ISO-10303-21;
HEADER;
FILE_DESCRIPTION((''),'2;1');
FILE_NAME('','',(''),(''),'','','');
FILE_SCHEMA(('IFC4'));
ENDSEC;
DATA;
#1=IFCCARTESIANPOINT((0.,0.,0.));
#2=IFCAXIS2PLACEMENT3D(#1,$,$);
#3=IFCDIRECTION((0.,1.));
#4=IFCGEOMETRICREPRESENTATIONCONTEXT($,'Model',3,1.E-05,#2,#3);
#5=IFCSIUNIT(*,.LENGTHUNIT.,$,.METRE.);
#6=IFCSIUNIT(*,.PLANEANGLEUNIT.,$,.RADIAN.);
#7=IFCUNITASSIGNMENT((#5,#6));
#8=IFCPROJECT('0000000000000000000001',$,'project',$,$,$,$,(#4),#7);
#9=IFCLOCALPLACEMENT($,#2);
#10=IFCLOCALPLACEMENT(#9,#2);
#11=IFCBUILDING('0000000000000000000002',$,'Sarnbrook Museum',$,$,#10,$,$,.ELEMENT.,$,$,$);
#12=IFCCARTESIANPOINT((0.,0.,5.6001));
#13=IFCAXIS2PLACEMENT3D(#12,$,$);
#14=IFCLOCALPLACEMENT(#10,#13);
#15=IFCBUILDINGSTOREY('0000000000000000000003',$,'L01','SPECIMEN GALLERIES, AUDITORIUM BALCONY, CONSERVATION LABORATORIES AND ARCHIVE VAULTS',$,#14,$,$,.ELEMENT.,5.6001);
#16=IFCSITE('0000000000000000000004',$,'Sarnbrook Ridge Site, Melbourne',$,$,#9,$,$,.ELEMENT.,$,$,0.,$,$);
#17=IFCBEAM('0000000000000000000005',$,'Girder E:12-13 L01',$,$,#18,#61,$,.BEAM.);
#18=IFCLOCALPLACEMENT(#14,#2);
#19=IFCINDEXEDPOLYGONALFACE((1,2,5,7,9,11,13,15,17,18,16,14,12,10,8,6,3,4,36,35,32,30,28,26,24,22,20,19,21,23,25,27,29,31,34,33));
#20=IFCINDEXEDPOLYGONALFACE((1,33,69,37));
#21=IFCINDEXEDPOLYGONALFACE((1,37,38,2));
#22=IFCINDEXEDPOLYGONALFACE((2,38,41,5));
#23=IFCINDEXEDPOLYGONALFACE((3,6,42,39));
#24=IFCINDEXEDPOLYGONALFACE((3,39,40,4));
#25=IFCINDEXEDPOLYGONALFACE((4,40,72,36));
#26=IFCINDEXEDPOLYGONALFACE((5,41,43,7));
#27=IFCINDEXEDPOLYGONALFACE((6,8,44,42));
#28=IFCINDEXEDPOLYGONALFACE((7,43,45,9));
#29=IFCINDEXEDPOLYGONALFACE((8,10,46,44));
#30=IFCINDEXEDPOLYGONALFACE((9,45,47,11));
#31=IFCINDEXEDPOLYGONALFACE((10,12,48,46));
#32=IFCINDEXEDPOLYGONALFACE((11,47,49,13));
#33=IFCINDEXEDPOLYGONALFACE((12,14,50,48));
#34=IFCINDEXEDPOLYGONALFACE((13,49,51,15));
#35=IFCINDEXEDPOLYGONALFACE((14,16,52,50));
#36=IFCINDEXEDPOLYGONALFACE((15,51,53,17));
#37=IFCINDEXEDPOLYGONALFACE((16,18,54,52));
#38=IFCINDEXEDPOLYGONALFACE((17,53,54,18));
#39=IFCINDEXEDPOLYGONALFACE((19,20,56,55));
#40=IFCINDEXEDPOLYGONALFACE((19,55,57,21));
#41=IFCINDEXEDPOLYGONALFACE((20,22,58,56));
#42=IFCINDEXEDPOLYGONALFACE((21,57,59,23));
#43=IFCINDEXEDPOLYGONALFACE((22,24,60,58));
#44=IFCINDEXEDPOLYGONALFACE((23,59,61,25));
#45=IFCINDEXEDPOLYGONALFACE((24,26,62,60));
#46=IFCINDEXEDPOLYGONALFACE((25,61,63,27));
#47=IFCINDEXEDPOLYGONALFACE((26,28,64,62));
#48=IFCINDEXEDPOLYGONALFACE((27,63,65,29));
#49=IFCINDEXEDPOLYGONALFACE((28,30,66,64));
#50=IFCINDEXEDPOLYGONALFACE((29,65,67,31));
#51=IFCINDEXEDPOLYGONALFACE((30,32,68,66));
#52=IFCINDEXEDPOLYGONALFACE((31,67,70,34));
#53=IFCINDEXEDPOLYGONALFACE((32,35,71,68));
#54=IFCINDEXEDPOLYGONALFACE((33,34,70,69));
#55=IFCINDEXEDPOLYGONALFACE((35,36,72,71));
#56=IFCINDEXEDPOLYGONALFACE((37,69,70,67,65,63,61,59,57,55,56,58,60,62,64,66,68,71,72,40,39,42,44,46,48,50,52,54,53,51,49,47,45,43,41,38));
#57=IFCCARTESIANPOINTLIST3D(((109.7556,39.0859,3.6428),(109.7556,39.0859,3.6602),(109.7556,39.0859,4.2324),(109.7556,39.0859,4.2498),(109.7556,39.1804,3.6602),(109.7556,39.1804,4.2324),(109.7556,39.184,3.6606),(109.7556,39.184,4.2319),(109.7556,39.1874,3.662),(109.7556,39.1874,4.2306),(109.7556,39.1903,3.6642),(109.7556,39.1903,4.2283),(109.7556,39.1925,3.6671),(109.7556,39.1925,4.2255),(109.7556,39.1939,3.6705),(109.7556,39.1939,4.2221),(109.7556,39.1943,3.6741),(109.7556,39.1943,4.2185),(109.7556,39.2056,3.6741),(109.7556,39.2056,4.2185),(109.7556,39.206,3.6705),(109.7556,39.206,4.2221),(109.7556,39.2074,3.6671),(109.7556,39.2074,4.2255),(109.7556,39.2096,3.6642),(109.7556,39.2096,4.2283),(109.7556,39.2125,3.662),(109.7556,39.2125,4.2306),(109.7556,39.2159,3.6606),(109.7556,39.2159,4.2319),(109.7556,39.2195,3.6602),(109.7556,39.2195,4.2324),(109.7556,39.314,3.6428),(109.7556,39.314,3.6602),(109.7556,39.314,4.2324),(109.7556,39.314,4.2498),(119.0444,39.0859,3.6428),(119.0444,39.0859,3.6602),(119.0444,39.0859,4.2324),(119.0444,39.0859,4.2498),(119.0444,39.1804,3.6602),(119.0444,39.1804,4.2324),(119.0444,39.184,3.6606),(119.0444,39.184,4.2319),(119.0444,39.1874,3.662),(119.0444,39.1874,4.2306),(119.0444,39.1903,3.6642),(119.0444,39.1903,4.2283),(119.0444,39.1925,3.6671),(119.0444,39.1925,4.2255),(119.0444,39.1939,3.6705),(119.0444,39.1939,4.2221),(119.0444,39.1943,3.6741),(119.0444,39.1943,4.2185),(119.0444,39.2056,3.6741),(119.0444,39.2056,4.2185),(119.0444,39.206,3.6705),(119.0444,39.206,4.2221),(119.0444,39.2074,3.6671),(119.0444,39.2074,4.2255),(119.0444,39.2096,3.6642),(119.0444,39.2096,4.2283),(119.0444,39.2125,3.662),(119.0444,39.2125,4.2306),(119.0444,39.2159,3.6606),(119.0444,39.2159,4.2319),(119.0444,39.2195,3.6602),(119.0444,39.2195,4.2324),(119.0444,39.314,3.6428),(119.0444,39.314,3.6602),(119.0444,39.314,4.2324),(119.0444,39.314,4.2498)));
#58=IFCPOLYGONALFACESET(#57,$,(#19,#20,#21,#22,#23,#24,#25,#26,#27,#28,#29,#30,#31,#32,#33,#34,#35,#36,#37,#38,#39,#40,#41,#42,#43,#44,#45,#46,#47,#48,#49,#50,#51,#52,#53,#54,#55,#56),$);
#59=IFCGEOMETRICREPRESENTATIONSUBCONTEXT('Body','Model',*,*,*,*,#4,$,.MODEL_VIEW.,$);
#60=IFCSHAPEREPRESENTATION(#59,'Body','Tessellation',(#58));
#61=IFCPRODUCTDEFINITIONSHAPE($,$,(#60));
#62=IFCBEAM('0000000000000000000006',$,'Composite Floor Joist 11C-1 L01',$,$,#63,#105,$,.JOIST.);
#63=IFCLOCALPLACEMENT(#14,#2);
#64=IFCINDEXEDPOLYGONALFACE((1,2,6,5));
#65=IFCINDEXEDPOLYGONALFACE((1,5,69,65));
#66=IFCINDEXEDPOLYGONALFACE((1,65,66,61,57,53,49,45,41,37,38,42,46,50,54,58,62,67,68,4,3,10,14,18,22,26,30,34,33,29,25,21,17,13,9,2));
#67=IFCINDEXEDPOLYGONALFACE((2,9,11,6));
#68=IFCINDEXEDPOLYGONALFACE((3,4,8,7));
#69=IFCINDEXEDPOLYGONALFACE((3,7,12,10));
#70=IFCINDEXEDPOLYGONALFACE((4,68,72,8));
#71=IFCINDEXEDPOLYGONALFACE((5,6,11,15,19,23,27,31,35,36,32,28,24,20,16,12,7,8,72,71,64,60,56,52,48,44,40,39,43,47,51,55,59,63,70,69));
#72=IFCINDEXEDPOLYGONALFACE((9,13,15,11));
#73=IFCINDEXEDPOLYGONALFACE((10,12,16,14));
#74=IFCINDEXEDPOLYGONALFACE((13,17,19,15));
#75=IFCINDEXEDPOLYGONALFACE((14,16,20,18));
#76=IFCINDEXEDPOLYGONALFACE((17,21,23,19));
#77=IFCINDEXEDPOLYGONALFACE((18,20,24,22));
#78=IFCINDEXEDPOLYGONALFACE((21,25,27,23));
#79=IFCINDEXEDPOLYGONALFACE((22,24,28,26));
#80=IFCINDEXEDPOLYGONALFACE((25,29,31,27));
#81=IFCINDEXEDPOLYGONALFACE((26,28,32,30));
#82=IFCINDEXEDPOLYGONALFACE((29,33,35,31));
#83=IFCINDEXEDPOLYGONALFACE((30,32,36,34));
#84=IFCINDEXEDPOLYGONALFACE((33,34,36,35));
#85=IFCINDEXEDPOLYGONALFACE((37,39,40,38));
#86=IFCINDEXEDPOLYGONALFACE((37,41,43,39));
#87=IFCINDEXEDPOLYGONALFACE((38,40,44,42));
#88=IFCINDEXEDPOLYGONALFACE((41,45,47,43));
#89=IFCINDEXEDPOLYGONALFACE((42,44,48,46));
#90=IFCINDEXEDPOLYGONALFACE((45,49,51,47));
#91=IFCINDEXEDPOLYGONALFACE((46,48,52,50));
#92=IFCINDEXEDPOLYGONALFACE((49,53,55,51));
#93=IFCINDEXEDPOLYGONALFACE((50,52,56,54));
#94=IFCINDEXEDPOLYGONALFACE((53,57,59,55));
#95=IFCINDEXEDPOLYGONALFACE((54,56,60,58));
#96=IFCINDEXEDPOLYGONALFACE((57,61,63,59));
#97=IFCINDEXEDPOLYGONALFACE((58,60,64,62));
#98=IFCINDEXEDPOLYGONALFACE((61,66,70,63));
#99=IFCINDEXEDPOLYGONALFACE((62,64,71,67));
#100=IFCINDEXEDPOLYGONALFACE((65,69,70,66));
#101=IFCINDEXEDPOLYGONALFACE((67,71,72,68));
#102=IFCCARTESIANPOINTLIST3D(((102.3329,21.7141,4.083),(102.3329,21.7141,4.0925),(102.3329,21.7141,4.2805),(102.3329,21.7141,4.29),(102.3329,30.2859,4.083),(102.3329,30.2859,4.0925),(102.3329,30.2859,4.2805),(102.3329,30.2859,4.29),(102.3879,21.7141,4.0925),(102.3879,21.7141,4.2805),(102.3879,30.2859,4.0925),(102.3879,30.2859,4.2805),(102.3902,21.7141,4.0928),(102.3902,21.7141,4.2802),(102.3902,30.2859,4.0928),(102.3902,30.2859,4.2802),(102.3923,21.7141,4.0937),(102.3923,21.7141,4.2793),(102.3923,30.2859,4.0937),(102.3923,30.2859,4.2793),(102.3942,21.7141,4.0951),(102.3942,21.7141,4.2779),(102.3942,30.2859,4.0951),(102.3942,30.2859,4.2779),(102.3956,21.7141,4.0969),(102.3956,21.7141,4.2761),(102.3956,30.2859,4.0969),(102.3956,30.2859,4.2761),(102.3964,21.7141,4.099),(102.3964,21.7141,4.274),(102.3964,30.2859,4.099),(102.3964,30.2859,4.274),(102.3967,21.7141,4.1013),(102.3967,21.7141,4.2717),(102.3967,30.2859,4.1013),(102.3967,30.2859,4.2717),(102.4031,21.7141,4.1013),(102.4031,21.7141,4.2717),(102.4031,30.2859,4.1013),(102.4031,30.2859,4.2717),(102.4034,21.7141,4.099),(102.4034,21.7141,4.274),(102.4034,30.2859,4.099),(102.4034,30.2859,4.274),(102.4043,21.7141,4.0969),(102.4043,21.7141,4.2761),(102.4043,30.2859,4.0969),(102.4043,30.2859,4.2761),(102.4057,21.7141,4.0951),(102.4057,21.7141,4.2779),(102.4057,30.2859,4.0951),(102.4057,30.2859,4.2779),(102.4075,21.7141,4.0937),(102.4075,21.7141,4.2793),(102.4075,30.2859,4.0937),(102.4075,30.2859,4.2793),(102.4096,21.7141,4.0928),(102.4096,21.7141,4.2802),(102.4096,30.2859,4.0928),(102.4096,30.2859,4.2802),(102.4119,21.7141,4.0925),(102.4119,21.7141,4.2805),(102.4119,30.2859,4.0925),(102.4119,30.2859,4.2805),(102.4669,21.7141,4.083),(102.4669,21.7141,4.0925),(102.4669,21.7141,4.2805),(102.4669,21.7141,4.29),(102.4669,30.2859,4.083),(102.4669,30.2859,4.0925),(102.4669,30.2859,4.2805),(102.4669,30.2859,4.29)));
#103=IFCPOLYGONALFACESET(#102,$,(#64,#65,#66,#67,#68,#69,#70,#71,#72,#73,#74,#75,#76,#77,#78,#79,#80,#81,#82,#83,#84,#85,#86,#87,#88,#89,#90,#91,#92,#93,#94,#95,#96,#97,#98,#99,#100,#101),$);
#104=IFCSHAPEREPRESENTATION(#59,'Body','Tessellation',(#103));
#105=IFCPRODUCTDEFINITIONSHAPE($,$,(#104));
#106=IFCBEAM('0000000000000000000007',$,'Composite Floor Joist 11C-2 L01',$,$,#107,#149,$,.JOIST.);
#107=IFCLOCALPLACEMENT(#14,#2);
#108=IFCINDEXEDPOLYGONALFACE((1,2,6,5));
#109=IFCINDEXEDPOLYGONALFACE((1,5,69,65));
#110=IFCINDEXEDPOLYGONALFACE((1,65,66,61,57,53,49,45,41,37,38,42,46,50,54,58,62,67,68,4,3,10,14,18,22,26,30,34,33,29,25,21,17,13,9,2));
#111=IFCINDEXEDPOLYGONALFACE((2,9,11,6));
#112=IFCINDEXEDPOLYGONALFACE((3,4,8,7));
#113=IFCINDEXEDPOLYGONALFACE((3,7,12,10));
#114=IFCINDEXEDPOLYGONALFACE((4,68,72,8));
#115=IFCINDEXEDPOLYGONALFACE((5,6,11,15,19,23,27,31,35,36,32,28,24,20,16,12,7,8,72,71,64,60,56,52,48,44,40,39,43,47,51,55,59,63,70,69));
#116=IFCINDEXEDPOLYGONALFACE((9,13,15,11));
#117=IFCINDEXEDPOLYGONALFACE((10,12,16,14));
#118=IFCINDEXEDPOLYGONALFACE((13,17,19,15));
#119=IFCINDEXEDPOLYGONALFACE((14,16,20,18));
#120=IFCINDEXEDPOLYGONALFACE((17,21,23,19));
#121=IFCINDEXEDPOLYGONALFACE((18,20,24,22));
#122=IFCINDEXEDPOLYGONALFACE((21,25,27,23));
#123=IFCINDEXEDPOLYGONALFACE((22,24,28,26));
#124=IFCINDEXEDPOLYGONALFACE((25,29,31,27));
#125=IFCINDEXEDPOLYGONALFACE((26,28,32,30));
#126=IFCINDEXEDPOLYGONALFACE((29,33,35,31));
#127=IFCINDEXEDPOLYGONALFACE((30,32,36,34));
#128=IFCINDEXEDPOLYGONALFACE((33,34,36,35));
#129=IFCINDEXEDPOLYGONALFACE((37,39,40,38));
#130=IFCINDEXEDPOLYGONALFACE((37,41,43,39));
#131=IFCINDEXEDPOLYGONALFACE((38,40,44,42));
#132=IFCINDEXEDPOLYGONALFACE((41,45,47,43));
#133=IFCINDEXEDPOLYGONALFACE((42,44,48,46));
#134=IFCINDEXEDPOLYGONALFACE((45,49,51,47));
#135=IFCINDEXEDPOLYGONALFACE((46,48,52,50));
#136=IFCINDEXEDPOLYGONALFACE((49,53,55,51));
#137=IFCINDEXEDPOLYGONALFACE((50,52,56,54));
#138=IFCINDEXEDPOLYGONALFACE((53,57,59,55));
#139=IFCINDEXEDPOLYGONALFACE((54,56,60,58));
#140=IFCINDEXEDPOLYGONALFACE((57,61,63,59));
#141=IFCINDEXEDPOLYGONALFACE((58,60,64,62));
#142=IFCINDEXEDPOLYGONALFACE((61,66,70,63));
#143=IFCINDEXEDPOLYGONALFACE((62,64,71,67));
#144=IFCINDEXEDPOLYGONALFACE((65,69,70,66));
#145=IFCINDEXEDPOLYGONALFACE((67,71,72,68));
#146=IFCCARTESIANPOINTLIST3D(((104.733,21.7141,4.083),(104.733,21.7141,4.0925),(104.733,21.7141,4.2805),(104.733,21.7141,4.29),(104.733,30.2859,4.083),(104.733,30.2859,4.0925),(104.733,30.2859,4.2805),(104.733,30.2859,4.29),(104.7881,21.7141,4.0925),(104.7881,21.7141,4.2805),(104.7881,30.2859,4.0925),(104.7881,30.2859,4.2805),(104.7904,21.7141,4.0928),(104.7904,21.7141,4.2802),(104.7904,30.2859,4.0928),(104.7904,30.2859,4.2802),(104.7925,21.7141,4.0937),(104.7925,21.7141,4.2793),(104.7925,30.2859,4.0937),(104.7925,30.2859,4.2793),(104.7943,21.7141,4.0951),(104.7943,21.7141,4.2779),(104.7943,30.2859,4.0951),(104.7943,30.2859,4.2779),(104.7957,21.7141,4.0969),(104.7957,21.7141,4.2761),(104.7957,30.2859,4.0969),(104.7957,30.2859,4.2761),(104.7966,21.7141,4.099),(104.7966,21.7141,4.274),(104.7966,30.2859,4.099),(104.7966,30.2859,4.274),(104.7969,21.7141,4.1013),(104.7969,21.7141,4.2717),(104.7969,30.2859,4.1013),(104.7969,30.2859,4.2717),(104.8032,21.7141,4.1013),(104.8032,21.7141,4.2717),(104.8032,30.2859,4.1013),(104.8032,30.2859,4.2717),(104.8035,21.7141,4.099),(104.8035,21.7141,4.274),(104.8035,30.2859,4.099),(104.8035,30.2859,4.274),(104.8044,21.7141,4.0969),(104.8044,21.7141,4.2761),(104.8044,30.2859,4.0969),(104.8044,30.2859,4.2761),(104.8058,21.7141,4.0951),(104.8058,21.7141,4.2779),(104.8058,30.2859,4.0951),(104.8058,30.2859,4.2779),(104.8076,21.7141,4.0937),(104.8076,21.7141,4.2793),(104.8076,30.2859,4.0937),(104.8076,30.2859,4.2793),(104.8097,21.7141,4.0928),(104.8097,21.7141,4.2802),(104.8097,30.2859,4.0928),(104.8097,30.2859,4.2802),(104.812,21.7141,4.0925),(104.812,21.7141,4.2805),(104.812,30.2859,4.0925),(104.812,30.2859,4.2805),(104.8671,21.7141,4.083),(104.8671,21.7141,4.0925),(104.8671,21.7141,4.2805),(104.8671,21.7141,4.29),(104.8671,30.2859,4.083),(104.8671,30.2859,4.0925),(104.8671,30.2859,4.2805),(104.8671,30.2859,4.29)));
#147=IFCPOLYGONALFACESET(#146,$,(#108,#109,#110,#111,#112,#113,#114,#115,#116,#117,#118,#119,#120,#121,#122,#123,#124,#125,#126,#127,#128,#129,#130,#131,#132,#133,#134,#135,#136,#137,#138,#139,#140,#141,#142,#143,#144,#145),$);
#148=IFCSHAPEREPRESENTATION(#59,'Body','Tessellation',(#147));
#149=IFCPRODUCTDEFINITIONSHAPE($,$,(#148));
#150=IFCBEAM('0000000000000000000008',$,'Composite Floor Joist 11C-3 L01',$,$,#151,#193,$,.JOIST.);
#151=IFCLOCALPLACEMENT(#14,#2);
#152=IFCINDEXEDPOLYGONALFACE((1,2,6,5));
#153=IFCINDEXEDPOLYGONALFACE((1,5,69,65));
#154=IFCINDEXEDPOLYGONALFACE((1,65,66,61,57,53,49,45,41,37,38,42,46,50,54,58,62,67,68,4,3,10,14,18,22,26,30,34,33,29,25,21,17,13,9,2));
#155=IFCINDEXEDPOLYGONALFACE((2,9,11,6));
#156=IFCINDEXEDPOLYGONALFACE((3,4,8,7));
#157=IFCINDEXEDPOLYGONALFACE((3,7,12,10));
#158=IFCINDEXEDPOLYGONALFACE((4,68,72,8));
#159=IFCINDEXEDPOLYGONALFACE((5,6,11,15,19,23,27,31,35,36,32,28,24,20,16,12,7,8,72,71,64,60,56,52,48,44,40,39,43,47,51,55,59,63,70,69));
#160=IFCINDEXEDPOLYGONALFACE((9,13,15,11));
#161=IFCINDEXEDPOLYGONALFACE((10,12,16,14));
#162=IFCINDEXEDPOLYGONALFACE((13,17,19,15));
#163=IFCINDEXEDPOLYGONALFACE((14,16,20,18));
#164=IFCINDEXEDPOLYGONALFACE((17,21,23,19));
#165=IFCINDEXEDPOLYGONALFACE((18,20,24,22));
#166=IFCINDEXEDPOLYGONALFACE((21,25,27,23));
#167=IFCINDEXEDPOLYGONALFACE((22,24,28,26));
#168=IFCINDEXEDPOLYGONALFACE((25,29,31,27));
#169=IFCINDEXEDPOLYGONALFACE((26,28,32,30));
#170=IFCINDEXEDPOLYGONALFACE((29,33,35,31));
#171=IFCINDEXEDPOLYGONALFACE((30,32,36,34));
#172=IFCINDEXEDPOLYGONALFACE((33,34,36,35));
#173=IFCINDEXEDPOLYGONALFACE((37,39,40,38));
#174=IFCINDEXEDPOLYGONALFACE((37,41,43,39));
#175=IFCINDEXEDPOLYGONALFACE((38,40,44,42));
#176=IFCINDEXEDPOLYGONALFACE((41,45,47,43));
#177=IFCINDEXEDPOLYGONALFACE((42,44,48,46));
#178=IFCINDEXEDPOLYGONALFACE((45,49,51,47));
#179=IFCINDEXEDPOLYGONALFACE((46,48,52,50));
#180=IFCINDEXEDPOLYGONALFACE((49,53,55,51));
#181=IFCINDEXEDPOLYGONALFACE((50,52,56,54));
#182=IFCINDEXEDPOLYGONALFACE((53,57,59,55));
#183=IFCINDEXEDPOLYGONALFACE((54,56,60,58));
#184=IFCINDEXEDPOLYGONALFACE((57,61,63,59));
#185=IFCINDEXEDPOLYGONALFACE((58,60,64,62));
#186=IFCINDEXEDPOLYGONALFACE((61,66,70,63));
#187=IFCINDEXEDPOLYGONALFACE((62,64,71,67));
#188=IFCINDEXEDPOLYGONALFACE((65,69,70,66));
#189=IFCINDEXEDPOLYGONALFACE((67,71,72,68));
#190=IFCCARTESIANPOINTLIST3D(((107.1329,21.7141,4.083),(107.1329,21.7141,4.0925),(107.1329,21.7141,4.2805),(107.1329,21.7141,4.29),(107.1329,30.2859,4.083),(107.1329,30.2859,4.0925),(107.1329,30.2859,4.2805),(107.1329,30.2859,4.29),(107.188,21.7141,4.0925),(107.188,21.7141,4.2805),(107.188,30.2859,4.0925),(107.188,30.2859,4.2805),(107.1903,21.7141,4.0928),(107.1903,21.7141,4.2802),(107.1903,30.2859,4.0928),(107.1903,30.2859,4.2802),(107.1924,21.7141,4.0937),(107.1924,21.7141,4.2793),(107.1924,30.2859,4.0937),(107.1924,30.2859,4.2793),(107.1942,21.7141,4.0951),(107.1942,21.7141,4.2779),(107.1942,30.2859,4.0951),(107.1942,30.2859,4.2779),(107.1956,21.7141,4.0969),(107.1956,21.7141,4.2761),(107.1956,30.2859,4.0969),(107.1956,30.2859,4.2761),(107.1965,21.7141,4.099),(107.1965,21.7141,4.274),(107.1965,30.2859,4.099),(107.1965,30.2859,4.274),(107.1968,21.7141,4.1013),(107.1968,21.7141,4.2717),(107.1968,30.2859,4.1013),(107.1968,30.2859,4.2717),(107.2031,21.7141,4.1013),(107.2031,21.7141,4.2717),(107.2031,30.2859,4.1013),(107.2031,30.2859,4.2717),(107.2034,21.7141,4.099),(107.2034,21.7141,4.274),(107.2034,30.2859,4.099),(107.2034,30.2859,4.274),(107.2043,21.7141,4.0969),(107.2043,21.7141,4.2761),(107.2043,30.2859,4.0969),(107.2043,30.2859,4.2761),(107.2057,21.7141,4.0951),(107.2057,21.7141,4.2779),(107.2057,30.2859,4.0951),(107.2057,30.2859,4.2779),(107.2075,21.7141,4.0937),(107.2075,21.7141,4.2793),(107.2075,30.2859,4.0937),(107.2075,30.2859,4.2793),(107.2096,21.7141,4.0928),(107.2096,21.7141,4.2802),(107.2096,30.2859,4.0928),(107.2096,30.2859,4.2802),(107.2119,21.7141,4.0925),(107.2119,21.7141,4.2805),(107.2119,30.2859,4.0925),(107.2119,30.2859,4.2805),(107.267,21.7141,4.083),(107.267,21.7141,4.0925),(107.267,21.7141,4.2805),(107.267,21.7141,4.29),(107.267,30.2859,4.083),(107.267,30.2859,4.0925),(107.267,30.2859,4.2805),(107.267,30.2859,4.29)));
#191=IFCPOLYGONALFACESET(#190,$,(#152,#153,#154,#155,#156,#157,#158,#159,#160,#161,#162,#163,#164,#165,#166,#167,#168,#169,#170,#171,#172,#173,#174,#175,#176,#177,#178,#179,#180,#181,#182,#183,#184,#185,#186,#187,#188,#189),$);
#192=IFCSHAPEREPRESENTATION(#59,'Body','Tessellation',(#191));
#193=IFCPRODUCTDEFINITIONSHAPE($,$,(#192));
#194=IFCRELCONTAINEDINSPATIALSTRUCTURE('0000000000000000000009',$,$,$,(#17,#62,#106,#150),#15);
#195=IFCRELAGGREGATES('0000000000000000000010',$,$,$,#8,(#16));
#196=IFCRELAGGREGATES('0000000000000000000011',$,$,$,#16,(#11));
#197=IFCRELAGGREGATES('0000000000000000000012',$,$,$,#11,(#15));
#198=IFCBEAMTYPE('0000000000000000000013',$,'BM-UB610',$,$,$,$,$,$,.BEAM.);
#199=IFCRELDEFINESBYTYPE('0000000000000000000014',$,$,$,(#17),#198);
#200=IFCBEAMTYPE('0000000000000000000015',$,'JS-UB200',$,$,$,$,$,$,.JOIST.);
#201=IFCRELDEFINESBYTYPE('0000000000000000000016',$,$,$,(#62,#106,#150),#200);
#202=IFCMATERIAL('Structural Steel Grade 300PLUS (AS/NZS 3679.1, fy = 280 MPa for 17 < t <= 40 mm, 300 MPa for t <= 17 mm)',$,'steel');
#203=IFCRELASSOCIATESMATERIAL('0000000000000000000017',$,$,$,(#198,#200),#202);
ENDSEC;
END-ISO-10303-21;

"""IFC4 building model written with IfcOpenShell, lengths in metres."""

from ifc_helpers import new_model, si_unit, direction, frame, origin, origin_2d, place, context, subcontext, project, spatial, i_section, extrude, material, material_profile, profile_set, type_object, element, save


model = new_model("IFC4")

# Units and contexts
model_context = context("Model", 3, precision=1e-05, world=origin(), true_north=direction((0.0, 1.0)))
body_context = subcontext(model_context, "Body", "Model", "MODEL_VIEW")
ifc_project = project(units=[si_unit("LENGTHUNIT", "METRE"), si_unit("PLANEANGLEUNIT", "RADIAN")], contexts=[model_context])

# Site, building, storey
site_placement = place(None, origin())
site = spatial("IfcSite", under=ifc_project, at=site_placement, Name="Sarnbrook Ridge Site, Melbourne", CompositionType="ELEMENT", RefElevation=0.0)
building_placement = place(site_placement, origin())
building = spatial("IfcBuilding", under=site, at=building_placement, Name="Sarnbrook Museum", CompositionType="ELEMENT")
storey_placement = place(building_placement, frame((0.0, 0.0, 5.6001)))
storey = spatial("IfcBuildingStorey", under=building, at=storey_placement, Name="L01", Description="SPECIMEN GALLERIES, AUDITORIUM BALCONY, CONSERVATION LABORATORIES AND ARCHIVE VAULTS", CompositionType="ELEMENT", Elevation=5.6001)

# Shared definitions
ifc_material_1 = material(Name="Structural Steel Grade 300PLUS (AS/NZS 3679.1, fy = 280 MPa for 17 < t <= 40 mm, 300 MPa for t <= 17 mm)", Category="steel")

# Beams
ifc_material_profile_1 = material_profile(ifc_material_1, i_section(OverallWidth=0.228, OverallDepth=0.6069, WebThickness=0.0112, FlangeThickness=0.0173, FilletRadius=0.0139, at=origin_2d()), Name="610UB113")
ifc_profile_set_1 = profile_set([ifc_material_profile_1], Name="Structural Steel Grade 300PLUS (AS/NZS 3679.1, fy = 280 MPa for 17 < t <= 40 mm, 300 MPa for t <= 17 mm)")
beam_type_1 = type_object("IfcBeamType", Name="BM-UB610", PredefinedType="BEAM", material=ifc_profile_set_1)
beam_1_placement = place(storey_placement, frame((109.7556, 39.2, 3.9463), z_axis=(1.0, 0.0, 0.0), x_axis=(0.0, 1.0, 0.0)))
element("IfcBeam", 1, at=beam_1_placement, inside=storey, type_object=beam_type_1, Name="Girder E:12-13 L01", PredefinedType="BEAM", context=body_context, shape_type="SweptSolid", body=[
    extrude(i_section(OverallWidth=0.228, OverallDepth=0.6069, WebThickness=0.0112, FlangeThickness=0.0173, FilletRadius=0.0139, at=origin_2d()), origin(), (0.0, 0.0, 1.0), 9.2888),
])
ifc_material_profile_2 = material_profile(ifc_material_1, i_section(OverallWidth=0.134, OverallDepth=0.207, WebThickness=0.0063, FlangeThickness=0.0095, FilletRadius=0.0088, at=origin_2d()), Name="200UB29.8")
ifc_profile_set_2 = profile_set([ifc_material_profile_2], Name="Structural Steel Grade 300PLUS (AS/NZS 3679.1, fy = 280 MPa for 17 < t <= 40 mm, 300 MPa for t <= 17 mm)")
beam_type_2 = type_object("IfcBeamType", Name="JS-UB200", PredefinedType="JOIST", material=ifc_profile_set_2)
for number, where, z_axis, x_axis, name in (
    (2, (102.3999, 21.7141, 4.1865), (0.0, 1.0, 0.0), (-1.0, 0.0, 0.0), "Composite Floor Joist 11C-1 L01"),
    (3, (104.8, 21.7141, 4.1865), (0.0, 1.0, 0.0), (-1.0, 0.0, 0.0), "Composite Floor Joist 11C-2 L01"),
    (4, (107.2, 21.7141, 4.1865), (0.0, 1.0, 0.0), (-1.0, 0.0, 0.0), "Composite Floor Joist 11C-3 L01"),
):
    element("IfcBeam", number, at=place(storey_placement, frame(where, z_axis=z_axis, x_axis=x_axis)), inside=storey, type_object=beam_type_2, Name=name, PredefinedType="JOIST", context=body_context, shape_type="SweptSolid", body=[
        extrude(i_section(OverallWidth=0.134, OverallDepth=0.207, WebThickness=0.0063, FlangeThickness=0.0095, FilletRadius=0.0088, at=origin_2d()), origin(), (0.0, 0.0, 1.0), 8.5718),
    ])

save(model, "model.ifc")
